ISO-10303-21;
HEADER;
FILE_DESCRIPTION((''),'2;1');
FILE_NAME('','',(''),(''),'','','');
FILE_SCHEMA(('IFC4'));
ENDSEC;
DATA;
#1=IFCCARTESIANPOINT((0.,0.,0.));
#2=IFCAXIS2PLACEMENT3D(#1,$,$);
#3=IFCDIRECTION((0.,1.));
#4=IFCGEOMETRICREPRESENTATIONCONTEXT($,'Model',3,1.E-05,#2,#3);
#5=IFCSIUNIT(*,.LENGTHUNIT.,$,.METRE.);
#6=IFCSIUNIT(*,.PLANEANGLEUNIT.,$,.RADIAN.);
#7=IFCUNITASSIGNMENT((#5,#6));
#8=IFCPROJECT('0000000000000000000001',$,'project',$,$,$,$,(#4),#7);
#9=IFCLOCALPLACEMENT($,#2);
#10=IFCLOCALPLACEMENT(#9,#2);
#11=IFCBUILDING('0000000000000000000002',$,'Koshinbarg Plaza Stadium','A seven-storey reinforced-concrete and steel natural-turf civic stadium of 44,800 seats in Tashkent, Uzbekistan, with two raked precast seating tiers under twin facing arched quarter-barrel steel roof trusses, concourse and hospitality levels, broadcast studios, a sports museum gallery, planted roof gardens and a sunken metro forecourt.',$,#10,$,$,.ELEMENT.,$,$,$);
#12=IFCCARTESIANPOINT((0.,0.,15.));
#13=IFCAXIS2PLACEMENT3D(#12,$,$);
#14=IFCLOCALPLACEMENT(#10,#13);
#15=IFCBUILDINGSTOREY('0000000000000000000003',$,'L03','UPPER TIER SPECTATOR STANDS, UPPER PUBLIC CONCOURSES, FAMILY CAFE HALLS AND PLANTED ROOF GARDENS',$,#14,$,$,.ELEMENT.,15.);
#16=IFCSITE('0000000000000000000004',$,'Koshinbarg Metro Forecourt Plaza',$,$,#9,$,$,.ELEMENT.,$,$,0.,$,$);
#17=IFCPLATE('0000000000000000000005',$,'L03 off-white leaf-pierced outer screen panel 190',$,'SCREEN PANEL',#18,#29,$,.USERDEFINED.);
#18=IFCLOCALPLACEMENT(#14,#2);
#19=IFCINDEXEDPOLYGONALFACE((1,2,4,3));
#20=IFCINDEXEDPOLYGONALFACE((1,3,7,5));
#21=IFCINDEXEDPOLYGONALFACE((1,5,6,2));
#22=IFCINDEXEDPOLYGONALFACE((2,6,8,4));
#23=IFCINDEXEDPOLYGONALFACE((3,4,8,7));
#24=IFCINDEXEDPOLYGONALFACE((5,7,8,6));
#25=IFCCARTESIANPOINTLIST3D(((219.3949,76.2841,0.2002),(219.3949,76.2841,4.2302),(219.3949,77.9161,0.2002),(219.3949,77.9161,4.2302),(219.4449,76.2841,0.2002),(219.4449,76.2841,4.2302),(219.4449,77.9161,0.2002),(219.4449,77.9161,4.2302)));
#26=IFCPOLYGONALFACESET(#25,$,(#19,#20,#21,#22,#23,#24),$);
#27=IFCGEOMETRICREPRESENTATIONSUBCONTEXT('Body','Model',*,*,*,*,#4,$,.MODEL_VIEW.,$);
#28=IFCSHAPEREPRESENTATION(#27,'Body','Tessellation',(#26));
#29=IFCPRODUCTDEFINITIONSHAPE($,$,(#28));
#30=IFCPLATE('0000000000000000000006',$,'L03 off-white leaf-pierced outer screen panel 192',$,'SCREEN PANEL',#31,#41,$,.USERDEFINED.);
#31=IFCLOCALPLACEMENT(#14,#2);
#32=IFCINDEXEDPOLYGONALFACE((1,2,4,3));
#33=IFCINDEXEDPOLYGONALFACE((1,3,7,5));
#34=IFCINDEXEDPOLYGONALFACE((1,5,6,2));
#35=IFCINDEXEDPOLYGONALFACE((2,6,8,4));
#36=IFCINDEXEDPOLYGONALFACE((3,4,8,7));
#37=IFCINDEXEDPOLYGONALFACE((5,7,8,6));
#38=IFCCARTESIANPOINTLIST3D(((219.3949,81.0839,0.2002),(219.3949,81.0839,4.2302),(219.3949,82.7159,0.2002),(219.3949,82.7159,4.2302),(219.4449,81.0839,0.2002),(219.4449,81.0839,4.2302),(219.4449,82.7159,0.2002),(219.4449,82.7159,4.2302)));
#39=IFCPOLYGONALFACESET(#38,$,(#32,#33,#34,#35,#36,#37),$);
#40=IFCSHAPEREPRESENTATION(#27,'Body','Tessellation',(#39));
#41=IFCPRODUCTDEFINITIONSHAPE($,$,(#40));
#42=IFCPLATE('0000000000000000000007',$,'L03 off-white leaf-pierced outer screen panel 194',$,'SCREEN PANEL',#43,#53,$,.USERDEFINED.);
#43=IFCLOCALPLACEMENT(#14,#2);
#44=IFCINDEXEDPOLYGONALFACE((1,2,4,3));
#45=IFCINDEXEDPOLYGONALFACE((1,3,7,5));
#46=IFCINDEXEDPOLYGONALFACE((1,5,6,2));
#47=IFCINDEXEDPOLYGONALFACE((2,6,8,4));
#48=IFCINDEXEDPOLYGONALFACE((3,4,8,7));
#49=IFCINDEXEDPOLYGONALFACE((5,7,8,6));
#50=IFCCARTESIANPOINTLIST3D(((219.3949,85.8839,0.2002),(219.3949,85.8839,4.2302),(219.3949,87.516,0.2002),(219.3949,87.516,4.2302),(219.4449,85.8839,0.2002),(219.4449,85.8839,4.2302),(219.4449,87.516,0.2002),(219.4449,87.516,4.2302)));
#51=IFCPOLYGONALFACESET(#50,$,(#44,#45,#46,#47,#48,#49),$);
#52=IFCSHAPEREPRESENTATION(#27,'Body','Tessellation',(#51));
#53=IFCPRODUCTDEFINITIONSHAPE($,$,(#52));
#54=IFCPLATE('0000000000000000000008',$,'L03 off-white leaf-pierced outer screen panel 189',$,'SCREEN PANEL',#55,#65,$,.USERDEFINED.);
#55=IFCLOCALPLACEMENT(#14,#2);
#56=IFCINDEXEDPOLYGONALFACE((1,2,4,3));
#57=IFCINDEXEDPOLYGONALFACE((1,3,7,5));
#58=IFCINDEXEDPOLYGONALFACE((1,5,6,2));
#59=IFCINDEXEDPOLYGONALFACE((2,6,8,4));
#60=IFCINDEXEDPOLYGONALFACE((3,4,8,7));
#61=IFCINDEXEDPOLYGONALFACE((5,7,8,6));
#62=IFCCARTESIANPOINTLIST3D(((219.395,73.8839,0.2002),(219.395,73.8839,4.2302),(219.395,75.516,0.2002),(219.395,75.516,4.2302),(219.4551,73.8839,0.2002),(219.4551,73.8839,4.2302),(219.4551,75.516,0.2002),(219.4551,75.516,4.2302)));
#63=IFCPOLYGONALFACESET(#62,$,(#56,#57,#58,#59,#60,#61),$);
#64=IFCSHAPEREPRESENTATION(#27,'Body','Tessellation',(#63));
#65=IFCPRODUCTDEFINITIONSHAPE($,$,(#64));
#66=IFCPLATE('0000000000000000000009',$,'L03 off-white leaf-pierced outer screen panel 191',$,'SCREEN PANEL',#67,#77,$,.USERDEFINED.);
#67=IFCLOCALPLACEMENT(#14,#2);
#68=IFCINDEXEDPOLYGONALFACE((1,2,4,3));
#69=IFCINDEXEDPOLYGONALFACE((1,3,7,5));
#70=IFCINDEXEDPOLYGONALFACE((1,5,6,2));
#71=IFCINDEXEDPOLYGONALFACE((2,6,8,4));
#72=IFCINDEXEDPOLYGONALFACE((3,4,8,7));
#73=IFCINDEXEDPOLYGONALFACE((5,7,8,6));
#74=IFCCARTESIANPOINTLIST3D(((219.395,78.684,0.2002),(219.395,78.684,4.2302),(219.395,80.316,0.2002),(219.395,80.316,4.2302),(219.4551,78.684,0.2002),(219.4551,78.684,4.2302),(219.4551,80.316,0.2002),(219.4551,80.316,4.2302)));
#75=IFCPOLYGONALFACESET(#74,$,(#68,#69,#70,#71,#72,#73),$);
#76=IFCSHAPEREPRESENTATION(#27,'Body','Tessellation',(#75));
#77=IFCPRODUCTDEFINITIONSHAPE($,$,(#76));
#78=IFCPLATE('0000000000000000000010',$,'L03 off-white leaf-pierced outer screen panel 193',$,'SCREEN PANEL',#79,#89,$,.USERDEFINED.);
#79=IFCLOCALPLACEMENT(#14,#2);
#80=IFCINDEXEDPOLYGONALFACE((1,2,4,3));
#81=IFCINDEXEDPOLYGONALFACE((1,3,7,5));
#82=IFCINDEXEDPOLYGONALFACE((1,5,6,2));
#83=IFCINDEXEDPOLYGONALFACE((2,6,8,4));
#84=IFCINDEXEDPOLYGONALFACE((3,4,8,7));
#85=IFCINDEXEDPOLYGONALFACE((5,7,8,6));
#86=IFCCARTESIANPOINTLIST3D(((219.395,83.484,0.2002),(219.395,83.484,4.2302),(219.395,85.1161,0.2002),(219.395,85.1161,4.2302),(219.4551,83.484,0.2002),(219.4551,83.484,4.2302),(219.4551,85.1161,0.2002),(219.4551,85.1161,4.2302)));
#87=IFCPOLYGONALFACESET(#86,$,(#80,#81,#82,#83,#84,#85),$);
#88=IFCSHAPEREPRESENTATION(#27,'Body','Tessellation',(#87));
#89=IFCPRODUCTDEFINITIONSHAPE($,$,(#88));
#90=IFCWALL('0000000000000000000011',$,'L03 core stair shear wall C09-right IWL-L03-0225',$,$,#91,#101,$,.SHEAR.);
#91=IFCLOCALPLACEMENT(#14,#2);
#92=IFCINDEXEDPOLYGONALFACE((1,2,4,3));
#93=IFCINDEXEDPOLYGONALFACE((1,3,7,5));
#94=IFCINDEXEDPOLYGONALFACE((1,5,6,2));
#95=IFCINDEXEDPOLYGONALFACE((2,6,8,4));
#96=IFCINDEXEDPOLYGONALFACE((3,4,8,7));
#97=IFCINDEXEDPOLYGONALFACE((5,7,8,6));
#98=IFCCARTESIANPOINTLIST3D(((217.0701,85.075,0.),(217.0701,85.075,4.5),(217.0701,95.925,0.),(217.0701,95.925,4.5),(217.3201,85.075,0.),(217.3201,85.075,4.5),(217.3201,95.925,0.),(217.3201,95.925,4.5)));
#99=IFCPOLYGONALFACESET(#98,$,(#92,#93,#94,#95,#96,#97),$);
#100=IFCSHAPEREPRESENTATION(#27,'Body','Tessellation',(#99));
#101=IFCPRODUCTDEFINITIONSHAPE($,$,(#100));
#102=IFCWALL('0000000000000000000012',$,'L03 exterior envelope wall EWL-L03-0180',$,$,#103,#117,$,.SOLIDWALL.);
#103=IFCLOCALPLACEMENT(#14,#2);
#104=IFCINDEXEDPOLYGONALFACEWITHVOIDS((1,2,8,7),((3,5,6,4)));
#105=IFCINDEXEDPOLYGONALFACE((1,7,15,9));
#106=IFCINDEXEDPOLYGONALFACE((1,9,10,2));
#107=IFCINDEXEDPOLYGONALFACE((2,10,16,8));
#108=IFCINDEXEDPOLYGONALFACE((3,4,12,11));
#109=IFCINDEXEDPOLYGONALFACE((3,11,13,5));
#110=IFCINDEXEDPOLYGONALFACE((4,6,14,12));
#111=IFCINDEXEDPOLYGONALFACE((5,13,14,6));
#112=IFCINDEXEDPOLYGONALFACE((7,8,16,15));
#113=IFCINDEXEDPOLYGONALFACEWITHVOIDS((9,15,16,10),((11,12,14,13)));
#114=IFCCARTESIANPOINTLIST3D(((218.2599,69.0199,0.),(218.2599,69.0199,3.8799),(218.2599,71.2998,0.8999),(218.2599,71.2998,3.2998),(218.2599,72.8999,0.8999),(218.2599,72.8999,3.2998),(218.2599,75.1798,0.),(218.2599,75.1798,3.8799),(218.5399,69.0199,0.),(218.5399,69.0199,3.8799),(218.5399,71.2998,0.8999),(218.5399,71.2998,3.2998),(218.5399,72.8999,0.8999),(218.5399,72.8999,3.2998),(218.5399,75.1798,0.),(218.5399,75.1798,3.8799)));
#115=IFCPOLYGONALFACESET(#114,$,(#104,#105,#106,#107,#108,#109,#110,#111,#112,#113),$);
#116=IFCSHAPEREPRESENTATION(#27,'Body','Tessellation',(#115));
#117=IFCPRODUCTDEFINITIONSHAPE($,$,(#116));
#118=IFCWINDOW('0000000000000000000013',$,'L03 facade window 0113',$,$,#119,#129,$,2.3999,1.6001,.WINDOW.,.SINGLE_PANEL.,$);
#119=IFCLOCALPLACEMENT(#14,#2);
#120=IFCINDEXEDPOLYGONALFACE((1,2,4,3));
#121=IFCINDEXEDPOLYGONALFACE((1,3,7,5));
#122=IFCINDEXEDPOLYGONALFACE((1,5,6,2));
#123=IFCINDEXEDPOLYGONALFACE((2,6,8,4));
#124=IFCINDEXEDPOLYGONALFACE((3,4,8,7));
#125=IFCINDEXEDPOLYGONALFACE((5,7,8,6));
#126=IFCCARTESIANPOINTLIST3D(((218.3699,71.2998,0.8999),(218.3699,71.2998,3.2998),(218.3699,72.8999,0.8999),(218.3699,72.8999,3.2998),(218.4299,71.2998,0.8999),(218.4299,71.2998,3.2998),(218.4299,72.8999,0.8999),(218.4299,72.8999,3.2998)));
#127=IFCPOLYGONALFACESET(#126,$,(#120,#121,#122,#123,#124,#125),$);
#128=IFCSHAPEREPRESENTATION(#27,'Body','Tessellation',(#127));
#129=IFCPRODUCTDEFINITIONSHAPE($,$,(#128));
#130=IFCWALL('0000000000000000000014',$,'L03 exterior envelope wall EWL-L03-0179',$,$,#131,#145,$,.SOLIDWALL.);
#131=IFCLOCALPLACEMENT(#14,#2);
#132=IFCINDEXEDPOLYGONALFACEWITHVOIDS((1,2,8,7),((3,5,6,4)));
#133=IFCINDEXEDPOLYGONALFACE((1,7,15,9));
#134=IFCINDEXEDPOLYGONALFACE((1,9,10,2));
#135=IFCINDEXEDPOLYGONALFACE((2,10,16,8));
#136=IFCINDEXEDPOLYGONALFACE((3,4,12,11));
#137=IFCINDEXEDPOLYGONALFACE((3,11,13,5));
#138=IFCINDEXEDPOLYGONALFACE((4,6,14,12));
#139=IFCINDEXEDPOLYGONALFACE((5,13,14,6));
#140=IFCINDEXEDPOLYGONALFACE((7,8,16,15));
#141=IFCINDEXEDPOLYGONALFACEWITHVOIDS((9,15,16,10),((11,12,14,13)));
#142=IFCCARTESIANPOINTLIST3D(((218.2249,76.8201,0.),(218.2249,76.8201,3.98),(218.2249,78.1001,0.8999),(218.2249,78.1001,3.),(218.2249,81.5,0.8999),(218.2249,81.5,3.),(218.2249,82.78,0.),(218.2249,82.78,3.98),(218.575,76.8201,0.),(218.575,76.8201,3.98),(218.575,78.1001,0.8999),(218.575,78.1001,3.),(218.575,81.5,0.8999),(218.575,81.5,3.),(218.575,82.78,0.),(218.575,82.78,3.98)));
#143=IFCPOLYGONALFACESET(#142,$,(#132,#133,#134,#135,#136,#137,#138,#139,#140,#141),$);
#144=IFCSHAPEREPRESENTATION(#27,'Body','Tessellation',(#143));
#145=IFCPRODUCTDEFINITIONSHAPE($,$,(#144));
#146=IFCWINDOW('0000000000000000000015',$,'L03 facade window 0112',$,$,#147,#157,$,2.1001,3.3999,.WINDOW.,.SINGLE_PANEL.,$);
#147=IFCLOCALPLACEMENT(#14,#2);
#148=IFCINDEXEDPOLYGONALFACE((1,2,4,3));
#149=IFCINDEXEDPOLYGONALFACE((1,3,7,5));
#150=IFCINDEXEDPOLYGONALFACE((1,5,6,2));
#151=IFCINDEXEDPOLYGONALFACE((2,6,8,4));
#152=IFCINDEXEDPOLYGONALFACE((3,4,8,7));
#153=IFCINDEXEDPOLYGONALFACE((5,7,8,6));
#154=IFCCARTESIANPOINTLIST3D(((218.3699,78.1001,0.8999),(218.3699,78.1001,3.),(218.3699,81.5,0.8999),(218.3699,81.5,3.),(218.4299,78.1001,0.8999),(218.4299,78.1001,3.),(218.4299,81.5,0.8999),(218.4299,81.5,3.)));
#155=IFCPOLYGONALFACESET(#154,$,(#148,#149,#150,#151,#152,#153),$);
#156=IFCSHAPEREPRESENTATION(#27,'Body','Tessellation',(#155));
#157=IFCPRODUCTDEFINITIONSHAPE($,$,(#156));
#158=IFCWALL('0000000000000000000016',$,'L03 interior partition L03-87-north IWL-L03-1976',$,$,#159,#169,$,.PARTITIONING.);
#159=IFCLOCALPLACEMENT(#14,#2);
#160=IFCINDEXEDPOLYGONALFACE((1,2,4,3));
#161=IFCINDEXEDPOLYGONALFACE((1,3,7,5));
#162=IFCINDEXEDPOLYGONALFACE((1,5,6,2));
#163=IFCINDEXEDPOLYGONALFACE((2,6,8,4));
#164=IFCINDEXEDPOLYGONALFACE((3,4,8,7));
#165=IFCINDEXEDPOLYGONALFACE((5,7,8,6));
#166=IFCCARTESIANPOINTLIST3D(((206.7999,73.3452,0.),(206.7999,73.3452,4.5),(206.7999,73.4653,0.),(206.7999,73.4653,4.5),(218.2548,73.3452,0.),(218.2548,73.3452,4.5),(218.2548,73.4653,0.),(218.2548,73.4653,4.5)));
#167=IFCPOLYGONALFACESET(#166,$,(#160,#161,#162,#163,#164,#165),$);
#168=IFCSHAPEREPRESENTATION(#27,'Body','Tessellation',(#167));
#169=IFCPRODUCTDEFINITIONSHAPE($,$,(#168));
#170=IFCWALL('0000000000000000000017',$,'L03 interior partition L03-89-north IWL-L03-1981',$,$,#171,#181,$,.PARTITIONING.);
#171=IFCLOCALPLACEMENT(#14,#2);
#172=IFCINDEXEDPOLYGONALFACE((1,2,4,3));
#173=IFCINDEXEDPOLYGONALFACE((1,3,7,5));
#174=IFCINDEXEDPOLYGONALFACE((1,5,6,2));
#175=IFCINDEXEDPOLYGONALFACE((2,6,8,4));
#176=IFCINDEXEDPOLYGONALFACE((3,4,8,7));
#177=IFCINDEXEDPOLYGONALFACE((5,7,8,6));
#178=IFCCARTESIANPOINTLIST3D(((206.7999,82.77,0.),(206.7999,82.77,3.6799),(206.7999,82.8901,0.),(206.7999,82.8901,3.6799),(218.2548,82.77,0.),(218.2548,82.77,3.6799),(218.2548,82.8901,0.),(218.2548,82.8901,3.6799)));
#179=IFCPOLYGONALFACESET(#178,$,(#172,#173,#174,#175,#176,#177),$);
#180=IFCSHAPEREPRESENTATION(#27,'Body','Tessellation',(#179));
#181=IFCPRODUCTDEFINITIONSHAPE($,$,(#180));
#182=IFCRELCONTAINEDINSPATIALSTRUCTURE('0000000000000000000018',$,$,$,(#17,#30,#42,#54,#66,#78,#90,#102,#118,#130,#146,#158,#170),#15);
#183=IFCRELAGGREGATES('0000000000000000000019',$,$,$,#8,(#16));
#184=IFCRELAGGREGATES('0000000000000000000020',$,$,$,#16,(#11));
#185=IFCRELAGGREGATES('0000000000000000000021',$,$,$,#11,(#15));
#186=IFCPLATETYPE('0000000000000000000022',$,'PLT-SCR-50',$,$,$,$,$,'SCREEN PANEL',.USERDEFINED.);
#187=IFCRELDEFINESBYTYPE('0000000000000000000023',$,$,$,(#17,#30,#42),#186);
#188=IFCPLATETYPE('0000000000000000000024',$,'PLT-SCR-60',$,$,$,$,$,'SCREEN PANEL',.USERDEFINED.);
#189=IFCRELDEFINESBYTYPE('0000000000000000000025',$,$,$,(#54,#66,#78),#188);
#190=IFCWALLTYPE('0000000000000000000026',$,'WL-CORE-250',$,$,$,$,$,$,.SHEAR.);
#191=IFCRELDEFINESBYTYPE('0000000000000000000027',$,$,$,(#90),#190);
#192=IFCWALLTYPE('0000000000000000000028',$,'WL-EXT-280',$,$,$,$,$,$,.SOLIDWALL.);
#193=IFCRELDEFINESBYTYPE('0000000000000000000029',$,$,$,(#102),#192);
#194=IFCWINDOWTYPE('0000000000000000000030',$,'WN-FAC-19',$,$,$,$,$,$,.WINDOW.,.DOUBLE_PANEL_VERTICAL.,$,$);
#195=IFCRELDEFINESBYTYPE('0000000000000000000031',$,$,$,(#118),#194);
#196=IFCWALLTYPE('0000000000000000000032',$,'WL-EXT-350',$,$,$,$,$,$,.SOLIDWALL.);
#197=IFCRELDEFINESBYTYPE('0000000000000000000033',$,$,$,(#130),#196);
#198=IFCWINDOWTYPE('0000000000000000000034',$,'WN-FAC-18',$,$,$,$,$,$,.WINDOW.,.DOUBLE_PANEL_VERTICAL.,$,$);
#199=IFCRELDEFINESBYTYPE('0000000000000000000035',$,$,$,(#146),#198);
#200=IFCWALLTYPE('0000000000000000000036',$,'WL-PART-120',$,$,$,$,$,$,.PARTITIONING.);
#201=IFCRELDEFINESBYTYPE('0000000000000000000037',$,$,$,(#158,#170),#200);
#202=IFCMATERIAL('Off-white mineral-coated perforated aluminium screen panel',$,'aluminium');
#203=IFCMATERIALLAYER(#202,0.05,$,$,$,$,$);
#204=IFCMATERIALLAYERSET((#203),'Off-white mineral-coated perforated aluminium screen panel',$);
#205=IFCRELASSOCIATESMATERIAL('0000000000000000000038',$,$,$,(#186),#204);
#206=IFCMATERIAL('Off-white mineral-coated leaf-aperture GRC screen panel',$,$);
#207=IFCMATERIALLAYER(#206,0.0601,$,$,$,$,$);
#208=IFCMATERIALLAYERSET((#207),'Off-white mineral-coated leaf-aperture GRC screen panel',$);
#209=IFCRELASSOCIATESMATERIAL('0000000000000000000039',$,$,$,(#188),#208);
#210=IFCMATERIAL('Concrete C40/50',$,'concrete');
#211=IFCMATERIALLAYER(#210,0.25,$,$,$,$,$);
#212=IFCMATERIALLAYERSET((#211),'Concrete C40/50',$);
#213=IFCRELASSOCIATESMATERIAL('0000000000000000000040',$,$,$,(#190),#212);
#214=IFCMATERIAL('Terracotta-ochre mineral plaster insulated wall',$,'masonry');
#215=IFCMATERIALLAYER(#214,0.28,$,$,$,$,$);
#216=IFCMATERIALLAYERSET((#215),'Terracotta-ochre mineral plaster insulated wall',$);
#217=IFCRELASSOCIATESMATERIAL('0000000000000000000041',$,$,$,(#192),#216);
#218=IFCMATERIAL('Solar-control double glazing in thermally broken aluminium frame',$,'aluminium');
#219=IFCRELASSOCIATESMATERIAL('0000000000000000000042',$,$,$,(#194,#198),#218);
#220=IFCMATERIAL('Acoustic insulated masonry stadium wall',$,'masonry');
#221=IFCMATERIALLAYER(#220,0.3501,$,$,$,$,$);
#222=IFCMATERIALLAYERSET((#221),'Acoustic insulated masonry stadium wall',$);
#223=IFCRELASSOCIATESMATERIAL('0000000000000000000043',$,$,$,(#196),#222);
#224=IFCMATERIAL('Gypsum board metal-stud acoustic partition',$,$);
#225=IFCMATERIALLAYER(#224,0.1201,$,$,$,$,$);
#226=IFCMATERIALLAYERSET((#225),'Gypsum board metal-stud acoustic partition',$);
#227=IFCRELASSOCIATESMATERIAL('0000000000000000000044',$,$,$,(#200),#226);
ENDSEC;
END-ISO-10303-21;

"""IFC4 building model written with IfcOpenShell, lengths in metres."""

from ifc_helpers import new_model, si_unit, direction, frame, frame_2d, origin, origin_2d, place, context, subcontext, project, spatial, rectangle, extrude, material, layer, layer_set, type_object, element, fill, save


model = new_model("IFC4")

# Units and contexts
model_context = context("Model", 3, precision=1e-05, world=origin(), true_north=direction((0.0, 1.0)))
body_context = subcontext(model_context, "Body", "Model", "MODEL_VIEW")
ifc_project = project(units=[si_unit("LENGTHUNIT", "METRE"), si_unit("PLANEANGLEUNIT", "RADIAN")], contexts=[model_context])

# Site, building, storey
site_placement = place(None, origin())
site = spatial("IfcSite", under=ifc_project, at=site_placement, Name="Koshinbarg Metro Forecourt Plaza", CompositionType="ELEMENT", RefElevation=0.0)
building_placement = place(site_placement, origin())
building = spatial("IfcBuilding", under=site, at=building_placement, Name="Koshinbarg Plaza Stadium", Description="A seven-storey reinforced-concrete and steel natural-turf civic stadium of 44,800 seats in Tashkent, Uzbekistan, with two raked precast seating tiers under twin facing arched quarter-barrel steel roof trusses, concourse and hospitality levels, broadcast studios, a sports museum gallery, planted roof gardens and a sunken metro forecourt.", CompositionType="ELEMENT")
storey_placement = place(building_placement, frame((0.0, 0.0, 15.0)))
storey = spatial("IfcBuildingStorey", under=building, at=storey_placement, Name="L03", Description="UPPER TIER SPECTATOR STANDS, UPPER PUBLIC CONCOURSES, FAMILY CAFE HALLS AND PLANTED ROOF GARDENS", CompositionType="ELEMENT", Elevation=15.0)

# Shared definitions
ifc_material_1 = material(Name="Concrete C40/50", Category="concrete")

# Plates
ifc_material_2 = material(Name="Off-white mineral-coated perforated aluminium screen panel", Category="aluminium")
ifc_layer_1 = layer(ifc_material_2, 0.05)
ifc_layer_set_1 = layer_set([ifc_layer_1], Name="Off-white mineral-coated perforated aluminium screen panel")
plate_type_1 = type_object("IfcPlateType", Name="PLT-SCR-50", ElementType="SCREEN PANEL", PredefinedType="USERDEFINED", material=ifc_layer_set_1)
for number, where, z_axis, x_axis, name in (
    (1, (219.4199, 77.1001, 0.2002), (0.0, 0.0, 1.0), (1.0, 0.0, 0.0), "L03 off-white leaf-pierced outer screen panel 190"),
    (2, (219.4199, 81.8999, 0.2002), (0.0, 0.0, 1.0), (1.0, 0.0, 0.0), "L03 off-white leaf-pierced outer screen panel 192"),
    (3, (219.4199, 86.7, 0.2002), (0.0, 0.0, 1.0), (1.0, 0.0, 0.0), "L03 off-white leaf-pierced outer screen panel 194"),
):
    element("IfcPlate", number, at=place(storey_placement, frame(where, z_axis=z_axis, x_axis=x_axis)), inside=storey, type_object=plate_type_1, Name=name, ObjectType="SCREEN PANEL", PredefinedType="USERDEFINED", context=body_context, shape_type="SweptSolid", body=[
        extrude(rectangle(XDim=0.05, YDim=1.6321, at=origin_2d()), origin(), (0.0, 0.0, 1.0), 4.03),
    ])
ifc_material_3 = material(Name="Off-white mineral-coated leaf-aperture GRC screen panel")
ifc_layer_2 = layer(ifc_material_3, 0.0601)
ifc_layer_set_2 = layer_set([ifc_layer_2], Name="Off-white mineral-coated leaf-aperture GRC screen panel")
plate_type_2 = type_object("IfcPlateType", Name="PLT-SCR-60", ElementType="SCREEN PANEL", PredefinedType="USERDEFINED", material=ifc_layer_set_2)
for number, where, z_axis, x_axis, name in (
    (4, (219.425, 74.7, 0.2002), (0.0, 0.0, 1.0), (1.0, 0.0, 0.0), "L03 off-white leaf-pierced outer screen panel 189"),
    (5, (219.425, 79.5, 0.2002), (0.0, 0.0, 1.0), (1.0, 0.0, 0.0), "L03 off-white leaf-pierced outer screen panel 191"),
    (6, (219.425, 84.3, 0.2002), (0.0, 0.0, 1.0), (1.0, 0.0, 0.0), "L03 off-white leaf-pierced outer screen panel 193"),
):
    element("IfcPlate", number, at=place(storey_placement, frame(where, z_axis=z_axis, x_axis=x_axis)), inside=storey, type_object=plate_type_2, Name=name, ObjectType="SCREEN PANEL", PredefinedType="USERDEFINED", context=body_context, shape_type="SweptSolid", body=[
        extrude(rectangle(XDim=0.0601, YDim=1.6321, at=origin_2d()), origin(), (0.0, 0.0, 1.0), 4.03),
    ])

# Wall
ifc_layer_3 = layer(ifc_material_1, 0.25)
ifc_layer_set_3 = layer_set([ifc_layer_3], Name="Concrete C40/50")
wall_type_1 = type_object("IfcWallType", Name="WL-CORE-250", PredefinedType="SHEAR", material=ifc_layer_set_3)
wall_1_placement = place(storey_placement, frame((217.1951, 85.075, 0.0), z_axis=(0.0, 0.0, 1.0), x_axis=(0.0, 1.0, 0.0)))
element("IfcWall", 7, at=wall_1_placement, inside=storey, type_object=wall_type_1, Name="L03 core stair shear wall C09-right IWL-L03-0225", PredefinedType="SHEAR", context=body_context, shape_type="SweptSolid", body=[
    extrude(rectangle(XDim=10.8501, YDim=0.25, at=frame_2d((5.425, 0.0))), origin(), (0.0, 0.0, 1.0), 4.5),
])

# Walls, openings, windows
ifc_material_4 = material(Name="Terracotta-ochre mineral plaster insulated wall", Category="masonry")
ifc_layer_4 = layer(ifc_material_4, 0.28)
ifc_layer_set_4 = layer_set([ifc_layer_4], Name="Terracotta-ochre mineral plaster insulated wall")
wall_type_2 = type_object("IfcWallType", Name="WL-EXT-280", PredefinedType="SOLIDWALL", material=ifc_layer_set_4)
wall_2_placement = place(storey_placement, frame((218.3999, 75.1799, 0.0), z_axis=(0.0, 0.0, 1.0), x_axis=(0.0, -1.0, 0.0)))
wall_2 = element("IfcWall", 8, at=wall_2_placement, inside=storey, type_object=wall_type_2, Name="L03 exterior envelope wall EWL-L03-0180", PredefinedType="SOLIDWALL", context=body_context, shape_type="SweptSolid", body=[
    extrude(rectangle(XDim=6.1599, YDim=0.28, at=frame_2d((3.0801, 0.0))), origin(), (0.0, 0.0, 1.0), 3.8799),
])
opening_1_placement = place(wall_2_placement, frame((2.28, 0.0, 0.8999)))
opening_1 = element("IfcOpeningElement", 9, at=opening_1_placement, cuts=wall_2, PredefinedType="OPENING", context=body_context, shape_type="SweptSolid", body=[
    extrude(rectangle(XDim=1.6001, YDim=2.3999, at=frame_2d((0.8, 1.2))), frame((0.0, 0.1499, 0.0), z_axis=(0.0, -1.0, 0.0), x_axis=(1.0, 0.0, 0.0)), (0.0, 0.0, 1.0), 0.3),
])
ifc_material_5 = material(Name="Solar-control double glazing in thermally broken aluminium frame", Category="aluminium")
window_type_1 = type_object("IfcWindowType", Name="WN-FAC-19", PartitioningType="DOUBLE_PANEL_VERTICAL", PredefinedType="WINDOW", material=ifc_material_5)
window_1_placement = place(opening_1_placement, origin())
window_1 = element("IfcWindow", 10, at=window_1_placement, inside=storey, type_object=window_type_1, Name="L03 facade window 0113", OverallHeight=2.3999, OverallWidth=1.6001, PartitioningType="SINGLE_PANEL", PredefinedType="WINDOW", context=body_context, shape_type="SweptSolid", body=[
    extrude(rectangle(XDim=1.6001, YDim=2.3999, at=frame_2d((0.8, 1.2))), frame((0.0, 0.03, 0.0), z_axis=(0.0, -1.0, 0.0), x_axis=(1.0, 0.0, 0.0)), (0.0, 0.0, 1.0), 0.0601),
])
fill(opening_1, window_1)
ifc_material_6 = material(Name="Acoustic insulated masonry stadium wall", Category="masonry")
ifc_layer_5 = layer(ifc_material_6, 0.3501)
ifc_layer_set_5 = layer_set([ifc_layer_5], Name="Acoustic insulated masonry stadium wall")
wall_type_3 = type_object("IfcWallType", Name="WL-EXT-350", PredefinedType="SOLIDWALL", material=ifc_layer_set_5)
wall_3_placement = place(storey_placement, frame((218.3999, 82.78, 0.0), z_axis=(0.0, 0.0, 1.0), x_axis=(0.0, -1.0, 0.0)))
wall_3 = element("IfcWall", 11, at=wall_3_placement, inside=storey, type_object=wall_type_3, Name="L03 exterior envelope wall EWL-L03-0179", PredefinedType="SOLIDWALL", context=body_context, shape_type="SweptSolid", body=[
    extrude(rectangle(XDim=5.96, YDim=0.3501, at=frame_2d((2.98, 0.0))), origin(), (0.0, 0.0, 1.0), 3.98),
])
opening_2_placement = place(wall_3_placement, frame((1.28, 0.0, 0.8999)))
opening_2 = element("IfcOpeningElement", 12, at=opening_2_placement, cuts=wall_3, PredefinedType="OPENING", context=body_context, shape_type="SweptSolid", body=[
    extrude(rectangle(XDim=3.3999, YDim=2.1001, at=frame_2d((1.7, 1.05))), frame((0.0, 0.1851, 0.0), z_axis=(0.0, -1.0, 0.0), x_axis=(1.0, 0.0, 0.0)), (0.0, 0.0, 1.0), 0.3701),
])
window_type_2 = type_object("IfcWindowType", Name="WN-FAC-18", PartitioningType="DOUBLE_PANEL_VERTICAL", PredefinedType="WINDOW", material=ifc_material_5)
window_2_placement = place(opening_2_placement, origin())
window_2 = element("IfcWindow", 13, at=window_2_placement, inside=storey, type_object=window_type_2, Name="L03 facade window 0112", OverallHeight=2.1001, OverallWidth=3.3999, PartitioningType="SINGLE_PANEL", PredefinedType="WINDOW", context=body_context, shape_type="SweptSolid", body=[
    extrude(rectangle(XDim=3.3999, YDim=2.1001, at=frame_2d((1.7, 1.05))), frame((0.0, 0.03, 0.0), z_axis=(0.0, -1.0, 0.0), x_axis=(1.0, 0.0, 0.0)), (0.0, 0.0, 1.0), 0.0601),
])
fill(opening_2, window_2)

# Walls
ifc_material_7 = material(Name="Gypsum board metal-stud acoustic partition")
ifc_layer_6 = layer(ifc_material_7, 0.1201)
ifc_layer_set_6 = layer_set([ifc_layer_6], Name="Gypsum board metal-stud acoustic partition")
wall_type_4 = type_object("IfcWallType", Name="WL-PART-120", PredefinedType="PARTITIONING", material=ifc_layer_set_6)
wall_4_placement = place(storey_placement, frame((218.2549, 73.4053, 0.0), z_axis=(0.0, 0.0, 1.0), x_axis=(-1.0, 0.0, 0.0)))
element("IfcWall", 14, at=wall_4_placement, inside=storey, type_object=wall_type_4, Name="L03 interior partition L03-87-north IWL-L03-1976", PredefinedType="PARTITIONING", context=body_context, shape_type="SweptSolid", body=[
    extrude(rectangle(XDim=11.4548, YDim=0.1201, at=frame_2d((5.7275, 0.0))), origin(), (0.0, 0.0, 1.0), 4.5),
])
wall_5_placement = place(storey_placement, frame((218.2549, 82.8301, 0.0), z_axis=(0.0, 0.0, 1.0), x_axis=(-1.0, 0.0, 0.0)))
element("IfcWall", 15, at=wall_5_placement, inside=storey, type_object=wall_type_4, Name="L03 interior partition L03-89-north IWL-L03-1981", PredefinedType="PARTITIONING", context=body_context, shape_type="SweptSolid", body=[
    extrude(rectangle(XDim=11.4548, YDim=0.1201, at=frame_2d((5.7275, 0.0))), origin(), (0.0, 0.0, 1.0), 3.6799),
])

save(model, "model.ifc")
